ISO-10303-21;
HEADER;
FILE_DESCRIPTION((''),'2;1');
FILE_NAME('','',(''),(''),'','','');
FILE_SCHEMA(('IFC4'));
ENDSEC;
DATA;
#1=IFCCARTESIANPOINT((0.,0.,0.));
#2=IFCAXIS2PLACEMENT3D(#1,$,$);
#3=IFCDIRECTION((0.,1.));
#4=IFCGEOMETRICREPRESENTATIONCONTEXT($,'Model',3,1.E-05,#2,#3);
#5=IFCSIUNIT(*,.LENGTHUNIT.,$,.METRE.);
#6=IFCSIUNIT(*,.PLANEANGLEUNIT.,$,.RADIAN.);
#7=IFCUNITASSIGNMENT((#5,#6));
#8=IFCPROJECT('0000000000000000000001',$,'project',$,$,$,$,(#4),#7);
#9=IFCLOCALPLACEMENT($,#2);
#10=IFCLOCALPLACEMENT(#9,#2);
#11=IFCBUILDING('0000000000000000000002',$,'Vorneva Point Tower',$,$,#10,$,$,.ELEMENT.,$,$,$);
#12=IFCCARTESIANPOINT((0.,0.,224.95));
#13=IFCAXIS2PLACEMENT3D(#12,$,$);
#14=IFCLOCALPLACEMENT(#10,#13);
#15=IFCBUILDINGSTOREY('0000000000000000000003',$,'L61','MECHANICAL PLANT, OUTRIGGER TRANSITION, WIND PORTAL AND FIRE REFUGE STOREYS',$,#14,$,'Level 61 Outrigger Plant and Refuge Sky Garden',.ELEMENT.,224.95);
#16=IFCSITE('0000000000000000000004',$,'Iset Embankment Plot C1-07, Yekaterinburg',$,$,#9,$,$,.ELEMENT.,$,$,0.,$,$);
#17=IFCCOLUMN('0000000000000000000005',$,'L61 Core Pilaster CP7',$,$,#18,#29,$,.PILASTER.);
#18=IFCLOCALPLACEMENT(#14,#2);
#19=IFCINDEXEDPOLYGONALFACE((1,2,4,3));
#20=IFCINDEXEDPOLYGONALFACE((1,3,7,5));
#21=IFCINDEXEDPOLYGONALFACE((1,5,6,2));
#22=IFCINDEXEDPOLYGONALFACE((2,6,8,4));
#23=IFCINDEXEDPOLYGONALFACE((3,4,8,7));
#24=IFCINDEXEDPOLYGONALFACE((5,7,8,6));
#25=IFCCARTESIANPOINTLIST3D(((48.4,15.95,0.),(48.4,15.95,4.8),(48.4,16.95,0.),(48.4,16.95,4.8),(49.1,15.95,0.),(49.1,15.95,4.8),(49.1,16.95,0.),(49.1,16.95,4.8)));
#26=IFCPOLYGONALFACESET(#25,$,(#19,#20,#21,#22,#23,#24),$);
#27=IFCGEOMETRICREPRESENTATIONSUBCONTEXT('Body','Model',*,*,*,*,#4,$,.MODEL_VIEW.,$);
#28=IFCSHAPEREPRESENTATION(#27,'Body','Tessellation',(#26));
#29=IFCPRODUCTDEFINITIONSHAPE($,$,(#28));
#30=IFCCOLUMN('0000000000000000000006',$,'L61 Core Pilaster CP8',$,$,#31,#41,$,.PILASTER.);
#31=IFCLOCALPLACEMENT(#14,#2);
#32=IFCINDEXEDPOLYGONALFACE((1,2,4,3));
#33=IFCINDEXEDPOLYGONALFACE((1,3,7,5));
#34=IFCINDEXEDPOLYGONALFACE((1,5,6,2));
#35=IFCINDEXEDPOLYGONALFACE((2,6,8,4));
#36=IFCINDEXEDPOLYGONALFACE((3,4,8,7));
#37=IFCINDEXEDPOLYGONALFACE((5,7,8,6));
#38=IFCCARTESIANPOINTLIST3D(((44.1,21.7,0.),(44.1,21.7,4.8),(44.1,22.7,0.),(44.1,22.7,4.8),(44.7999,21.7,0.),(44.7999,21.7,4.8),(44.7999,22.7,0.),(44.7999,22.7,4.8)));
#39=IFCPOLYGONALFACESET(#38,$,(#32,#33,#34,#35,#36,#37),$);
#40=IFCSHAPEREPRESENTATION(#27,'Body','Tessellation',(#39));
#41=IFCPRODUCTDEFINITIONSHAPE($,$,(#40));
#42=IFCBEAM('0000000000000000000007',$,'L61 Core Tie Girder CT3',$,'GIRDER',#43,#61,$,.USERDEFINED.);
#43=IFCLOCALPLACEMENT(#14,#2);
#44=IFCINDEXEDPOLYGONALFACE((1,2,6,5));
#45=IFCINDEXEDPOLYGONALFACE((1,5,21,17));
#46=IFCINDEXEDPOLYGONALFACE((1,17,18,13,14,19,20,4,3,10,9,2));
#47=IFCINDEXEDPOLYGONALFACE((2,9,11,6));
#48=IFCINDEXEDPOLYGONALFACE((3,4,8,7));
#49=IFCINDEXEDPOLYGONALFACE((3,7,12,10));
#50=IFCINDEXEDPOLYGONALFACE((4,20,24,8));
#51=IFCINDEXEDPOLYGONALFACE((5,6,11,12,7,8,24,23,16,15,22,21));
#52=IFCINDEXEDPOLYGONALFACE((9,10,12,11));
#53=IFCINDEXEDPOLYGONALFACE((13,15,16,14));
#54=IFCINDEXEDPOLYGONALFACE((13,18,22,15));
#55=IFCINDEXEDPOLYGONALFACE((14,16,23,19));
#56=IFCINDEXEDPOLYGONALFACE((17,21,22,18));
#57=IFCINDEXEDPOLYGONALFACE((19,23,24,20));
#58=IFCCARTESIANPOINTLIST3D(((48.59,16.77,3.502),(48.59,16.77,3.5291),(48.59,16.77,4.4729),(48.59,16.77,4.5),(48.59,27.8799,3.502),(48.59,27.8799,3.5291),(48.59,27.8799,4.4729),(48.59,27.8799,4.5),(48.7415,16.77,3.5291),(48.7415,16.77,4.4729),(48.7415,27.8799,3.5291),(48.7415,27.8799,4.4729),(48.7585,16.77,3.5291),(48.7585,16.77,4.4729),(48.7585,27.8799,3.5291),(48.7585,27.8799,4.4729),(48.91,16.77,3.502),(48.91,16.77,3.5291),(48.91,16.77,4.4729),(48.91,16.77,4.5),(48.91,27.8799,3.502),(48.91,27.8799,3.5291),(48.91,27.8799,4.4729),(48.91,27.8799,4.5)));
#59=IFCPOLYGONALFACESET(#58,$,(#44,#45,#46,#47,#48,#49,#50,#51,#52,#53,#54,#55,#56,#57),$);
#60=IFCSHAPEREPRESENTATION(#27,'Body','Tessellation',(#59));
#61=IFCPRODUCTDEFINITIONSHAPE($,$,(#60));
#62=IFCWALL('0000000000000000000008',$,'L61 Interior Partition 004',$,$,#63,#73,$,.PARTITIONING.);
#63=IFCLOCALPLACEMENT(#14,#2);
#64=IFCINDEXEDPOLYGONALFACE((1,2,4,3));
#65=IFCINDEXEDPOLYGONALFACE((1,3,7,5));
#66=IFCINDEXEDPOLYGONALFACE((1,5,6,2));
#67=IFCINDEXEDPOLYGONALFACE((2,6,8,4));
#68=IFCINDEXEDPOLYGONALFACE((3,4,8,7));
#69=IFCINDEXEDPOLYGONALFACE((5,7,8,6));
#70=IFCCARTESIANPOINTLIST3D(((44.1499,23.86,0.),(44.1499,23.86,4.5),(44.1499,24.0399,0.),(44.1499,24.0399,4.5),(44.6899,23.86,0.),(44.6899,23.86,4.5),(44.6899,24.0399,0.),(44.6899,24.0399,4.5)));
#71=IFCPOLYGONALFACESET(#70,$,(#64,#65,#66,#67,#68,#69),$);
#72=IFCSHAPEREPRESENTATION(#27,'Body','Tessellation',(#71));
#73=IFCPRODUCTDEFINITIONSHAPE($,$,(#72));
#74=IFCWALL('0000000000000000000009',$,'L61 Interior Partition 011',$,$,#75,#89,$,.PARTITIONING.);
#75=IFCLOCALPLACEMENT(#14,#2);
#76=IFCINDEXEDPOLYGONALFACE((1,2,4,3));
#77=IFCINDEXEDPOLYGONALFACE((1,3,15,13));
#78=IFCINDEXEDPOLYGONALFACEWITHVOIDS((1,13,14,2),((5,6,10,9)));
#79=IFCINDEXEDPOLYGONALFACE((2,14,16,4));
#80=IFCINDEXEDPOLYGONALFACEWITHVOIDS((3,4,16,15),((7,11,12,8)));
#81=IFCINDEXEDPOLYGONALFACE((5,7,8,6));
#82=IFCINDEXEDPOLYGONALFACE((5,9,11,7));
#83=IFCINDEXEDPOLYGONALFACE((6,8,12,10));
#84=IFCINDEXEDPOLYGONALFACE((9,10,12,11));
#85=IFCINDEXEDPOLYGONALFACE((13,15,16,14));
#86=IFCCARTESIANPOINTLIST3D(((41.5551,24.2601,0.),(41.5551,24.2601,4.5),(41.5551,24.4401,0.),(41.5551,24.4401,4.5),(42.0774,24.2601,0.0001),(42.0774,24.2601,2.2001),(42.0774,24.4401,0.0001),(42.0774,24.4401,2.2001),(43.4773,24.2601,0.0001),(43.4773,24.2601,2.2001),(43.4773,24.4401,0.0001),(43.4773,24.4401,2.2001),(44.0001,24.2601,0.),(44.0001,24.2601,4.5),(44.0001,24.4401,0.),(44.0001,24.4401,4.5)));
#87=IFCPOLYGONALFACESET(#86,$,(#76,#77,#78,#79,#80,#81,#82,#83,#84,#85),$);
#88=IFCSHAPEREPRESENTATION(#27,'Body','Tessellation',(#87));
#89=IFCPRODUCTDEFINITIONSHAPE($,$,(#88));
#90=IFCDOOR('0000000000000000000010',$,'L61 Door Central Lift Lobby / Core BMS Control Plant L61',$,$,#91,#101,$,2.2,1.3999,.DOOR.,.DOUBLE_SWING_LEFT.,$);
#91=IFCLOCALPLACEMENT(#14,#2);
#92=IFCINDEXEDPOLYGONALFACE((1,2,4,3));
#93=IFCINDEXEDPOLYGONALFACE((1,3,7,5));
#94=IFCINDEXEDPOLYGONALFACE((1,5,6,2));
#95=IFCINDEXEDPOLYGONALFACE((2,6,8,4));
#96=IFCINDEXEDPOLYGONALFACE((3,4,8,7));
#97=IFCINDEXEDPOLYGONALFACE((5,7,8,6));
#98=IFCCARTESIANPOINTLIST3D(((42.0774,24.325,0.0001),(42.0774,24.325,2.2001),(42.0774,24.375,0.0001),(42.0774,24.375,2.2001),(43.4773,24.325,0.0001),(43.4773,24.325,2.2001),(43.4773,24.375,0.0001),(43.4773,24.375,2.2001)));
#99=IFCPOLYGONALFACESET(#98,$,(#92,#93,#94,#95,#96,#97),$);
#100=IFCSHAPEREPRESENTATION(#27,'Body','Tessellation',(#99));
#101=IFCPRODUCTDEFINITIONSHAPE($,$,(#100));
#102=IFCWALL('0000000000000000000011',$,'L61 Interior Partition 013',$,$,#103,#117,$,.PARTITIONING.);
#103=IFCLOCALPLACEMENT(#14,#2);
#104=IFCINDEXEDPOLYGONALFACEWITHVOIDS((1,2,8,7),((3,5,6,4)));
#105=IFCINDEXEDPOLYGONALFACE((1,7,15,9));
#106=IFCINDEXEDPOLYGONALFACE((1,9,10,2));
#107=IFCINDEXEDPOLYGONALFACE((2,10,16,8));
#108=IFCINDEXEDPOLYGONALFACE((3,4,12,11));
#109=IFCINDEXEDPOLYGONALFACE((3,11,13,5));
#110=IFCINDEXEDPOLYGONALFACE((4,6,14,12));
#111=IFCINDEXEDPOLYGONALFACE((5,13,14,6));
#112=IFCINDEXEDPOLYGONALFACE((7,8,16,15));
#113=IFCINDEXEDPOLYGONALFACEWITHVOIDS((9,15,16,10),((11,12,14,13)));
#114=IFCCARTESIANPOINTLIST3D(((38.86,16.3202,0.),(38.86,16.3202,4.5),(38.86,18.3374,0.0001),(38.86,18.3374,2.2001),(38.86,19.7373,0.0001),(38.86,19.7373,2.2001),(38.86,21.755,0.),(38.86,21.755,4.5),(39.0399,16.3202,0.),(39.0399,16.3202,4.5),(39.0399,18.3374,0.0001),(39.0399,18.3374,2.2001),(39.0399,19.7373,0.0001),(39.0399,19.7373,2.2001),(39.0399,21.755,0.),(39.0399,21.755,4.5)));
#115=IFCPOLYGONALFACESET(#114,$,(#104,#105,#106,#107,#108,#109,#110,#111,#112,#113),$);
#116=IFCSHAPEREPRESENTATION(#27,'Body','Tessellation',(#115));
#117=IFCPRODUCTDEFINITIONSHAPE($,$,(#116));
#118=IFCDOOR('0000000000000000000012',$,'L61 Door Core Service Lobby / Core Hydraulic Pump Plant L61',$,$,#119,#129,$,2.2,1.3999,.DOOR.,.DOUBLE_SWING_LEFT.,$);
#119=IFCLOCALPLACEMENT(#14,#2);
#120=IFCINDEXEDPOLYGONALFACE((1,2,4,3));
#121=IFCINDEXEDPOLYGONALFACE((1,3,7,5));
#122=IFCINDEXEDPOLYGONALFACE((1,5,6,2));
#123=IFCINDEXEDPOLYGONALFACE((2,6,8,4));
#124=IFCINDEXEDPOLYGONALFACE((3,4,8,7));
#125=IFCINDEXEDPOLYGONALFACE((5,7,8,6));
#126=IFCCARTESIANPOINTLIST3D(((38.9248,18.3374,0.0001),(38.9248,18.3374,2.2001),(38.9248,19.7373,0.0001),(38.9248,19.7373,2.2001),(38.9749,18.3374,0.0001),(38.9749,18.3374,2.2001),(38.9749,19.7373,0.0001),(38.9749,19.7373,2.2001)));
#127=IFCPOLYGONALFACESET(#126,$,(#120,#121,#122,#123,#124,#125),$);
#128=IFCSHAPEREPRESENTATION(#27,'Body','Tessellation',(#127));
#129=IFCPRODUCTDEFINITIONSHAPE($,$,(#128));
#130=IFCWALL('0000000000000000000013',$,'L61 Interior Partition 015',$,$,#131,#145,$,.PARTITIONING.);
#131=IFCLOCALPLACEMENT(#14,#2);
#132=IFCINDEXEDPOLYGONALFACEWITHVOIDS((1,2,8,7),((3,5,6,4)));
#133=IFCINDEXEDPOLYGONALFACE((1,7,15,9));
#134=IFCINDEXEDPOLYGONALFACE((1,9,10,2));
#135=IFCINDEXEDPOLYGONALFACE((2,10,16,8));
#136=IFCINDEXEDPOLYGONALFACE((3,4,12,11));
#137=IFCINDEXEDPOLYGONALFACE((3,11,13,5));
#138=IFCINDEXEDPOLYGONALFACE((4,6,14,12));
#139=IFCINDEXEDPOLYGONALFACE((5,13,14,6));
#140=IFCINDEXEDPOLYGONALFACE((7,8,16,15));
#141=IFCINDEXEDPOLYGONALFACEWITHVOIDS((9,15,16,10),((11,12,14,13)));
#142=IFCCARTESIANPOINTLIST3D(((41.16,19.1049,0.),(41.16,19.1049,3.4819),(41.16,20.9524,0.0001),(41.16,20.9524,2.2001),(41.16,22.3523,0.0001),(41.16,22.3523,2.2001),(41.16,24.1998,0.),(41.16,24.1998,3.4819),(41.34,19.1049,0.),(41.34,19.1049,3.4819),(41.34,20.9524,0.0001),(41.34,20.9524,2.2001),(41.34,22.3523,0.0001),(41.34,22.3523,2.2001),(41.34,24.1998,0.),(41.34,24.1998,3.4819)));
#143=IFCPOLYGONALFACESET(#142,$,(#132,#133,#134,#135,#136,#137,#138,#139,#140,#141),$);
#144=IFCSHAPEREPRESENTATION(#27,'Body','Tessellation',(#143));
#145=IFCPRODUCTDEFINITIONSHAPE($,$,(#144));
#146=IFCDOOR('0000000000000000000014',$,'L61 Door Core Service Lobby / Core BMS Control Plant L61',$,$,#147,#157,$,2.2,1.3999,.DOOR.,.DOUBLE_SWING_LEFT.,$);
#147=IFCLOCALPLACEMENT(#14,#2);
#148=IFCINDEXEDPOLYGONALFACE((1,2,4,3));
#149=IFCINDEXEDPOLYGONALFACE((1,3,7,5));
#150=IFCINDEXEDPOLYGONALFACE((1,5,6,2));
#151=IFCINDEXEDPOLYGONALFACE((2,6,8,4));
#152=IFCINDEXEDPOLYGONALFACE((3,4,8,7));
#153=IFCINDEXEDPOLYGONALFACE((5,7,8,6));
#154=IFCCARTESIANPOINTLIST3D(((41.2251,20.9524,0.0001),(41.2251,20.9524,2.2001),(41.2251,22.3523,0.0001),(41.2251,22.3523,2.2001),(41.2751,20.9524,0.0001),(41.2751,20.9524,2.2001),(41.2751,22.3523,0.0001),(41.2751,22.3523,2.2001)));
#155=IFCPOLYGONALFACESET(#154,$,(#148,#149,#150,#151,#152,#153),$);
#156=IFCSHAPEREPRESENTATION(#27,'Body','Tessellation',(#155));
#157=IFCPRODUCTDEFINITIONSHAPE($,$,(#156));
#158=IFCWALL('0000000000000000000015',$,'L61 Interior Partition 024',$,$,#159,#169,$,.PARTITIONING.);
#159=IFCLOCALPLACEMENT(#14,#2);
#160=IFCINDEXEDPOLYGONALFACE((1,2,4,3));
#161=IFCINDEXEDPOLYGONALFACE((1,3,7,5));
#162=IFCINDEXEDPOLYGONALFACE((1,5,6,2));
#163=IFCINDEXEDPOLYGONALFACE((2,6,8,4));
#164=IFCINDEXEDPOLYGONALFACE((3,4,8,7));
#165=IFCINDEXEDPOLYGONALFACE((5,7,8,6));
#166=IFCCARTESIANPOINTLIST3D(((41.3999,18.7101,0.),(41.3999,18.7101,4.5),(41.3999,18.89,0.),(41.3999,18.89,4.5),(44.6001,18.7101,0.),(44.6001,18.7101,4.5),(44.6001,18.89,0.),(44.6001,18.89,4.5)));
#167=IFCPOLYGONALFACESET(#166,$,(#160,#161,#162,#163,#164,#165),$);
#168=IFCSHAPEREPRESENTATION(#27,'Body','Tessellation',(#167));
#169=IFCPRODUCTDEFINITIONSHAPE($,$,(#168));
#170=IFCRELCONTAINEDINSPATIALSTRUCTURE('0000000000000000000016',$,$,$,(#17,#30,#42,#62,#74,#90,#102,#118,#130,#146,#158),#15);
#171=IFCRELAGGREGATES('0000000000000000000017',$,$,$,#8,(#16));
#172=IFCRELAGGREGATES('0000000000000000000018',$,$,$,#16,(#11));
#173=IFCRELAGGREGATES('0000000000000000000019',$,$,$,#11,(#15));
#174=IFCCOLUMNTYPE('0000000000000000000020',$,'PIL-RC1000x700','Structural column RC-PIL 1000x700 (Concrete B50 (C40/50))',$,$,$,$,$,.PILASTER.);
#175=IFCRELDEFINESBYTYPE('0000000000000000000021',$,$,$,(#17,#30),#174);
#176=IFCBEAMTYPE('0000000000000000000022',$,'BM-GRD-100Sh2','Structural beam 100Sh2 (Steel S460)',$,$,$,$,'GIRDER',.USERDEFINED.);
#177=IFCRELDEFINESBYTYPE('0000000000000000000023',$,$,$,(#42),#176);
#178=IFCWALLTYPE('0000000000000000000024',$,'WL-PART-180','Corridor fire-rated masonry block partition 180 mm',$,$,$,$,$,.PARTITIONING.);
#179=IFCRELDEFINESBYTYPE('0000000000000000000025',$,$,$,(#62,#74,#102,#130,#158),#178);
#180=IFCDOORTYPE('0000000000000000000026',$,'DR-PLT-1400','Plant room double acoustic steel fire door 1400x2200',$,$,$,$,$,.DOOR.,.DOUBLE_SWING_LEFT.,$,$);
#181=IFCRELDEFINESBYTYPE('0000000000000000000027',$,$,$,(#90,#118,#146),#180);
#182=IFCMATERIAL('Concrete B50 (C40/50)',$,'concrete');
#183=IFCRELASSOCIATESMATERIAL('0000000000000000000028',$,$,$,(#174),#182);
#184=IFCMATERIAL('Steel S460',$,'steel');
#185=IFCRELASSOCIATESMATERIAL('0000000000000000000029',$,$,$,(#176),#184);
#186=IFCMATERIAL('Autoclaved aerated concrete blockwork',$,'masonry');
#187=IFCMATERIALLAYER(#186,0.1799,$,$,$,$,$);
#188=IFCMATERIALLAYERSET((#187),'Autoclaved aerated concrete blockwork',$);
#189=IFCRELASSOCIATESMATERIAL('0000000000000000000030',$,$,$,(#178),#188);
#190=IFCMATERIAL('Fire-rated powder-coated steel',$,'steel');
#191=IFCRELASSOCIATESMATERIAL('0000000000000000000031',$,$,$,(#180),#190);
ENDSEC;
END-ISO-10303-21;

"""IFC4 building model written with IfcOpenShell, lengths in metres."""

from ifc_helpers import new_model, si_unit, direction, frame, frame_2d, origin, origin_2d, place, context, subcontext, project, spatial, rectangle, i_section, extrude, material, layer, layer_set, material_profile, profile_set, type_object, element, fill, save


model = new_model("IFC4")

# Units and contexts
model_context = context("Model", 3, precision=1e-05, world=origin(), true_north=direction((0.0, 1.0)))
body_context = subcontext(model_context, "Body", "Model", "MODEL_VIEW")
ifc_project = project(units=[si_unit("LENGTHUNIT", "METRE"), si_unit("PLANEANGLEUNIT", "RADIAN")], contexts=[model_context])

# Site, building, storey
site_placement = place(None, origin())
site = spatial("IfcSite", under=ifc_project, at=site_placement, Name="Iset Embankment Plot C1-07, Yekaterinburg", CompositionType="ELEMENT", RefElevation=0.0)
building_placement = place(site_placement, origin())
building = spatial("IfcBuilding", under=site, at=building_placement, Name="Vorneva Point Tower", CompositionType="ELEMENT")
storey_placement = place(building_placement, frame((0.0, 0.0, 224.95)))
storey = spatial("IfcBuildingStorey", under=building, at=storey_placement, Name="L61", Description="MECHANICAL PLANT, OUTRIGGER TRANSITION, WIND PORTAL AND FIRE REFUGE STOREYS", LongName="Level 61 Outrigger Plant and Refuge Sky Garden", CompositionType="ELEMENT", Elevation=224.95)

# Columns
ifc_material_1 = material(Name="Concrete B50 (C40/50)", Category="concrete")
ifc_material_profile_1 = material_profile(ifc_material_1, rectangle(XDim=0.7, YDim=1.0, at=origin_2d()), Name="RC-PIL 1000x700")
ifc_profile_set_1 = profile_set([ifc_material_profile_1], Name="Concrete B50 (C40/50)")
column_type = type_object("IfcColumnType", Name="PIL-RC1000x700", Description="Structural column RC-PIL 1000x700 (Concrete B50 (C40/50))", PredefinedType="PILASTER", material=ifc_profile_set_1)
for number, where, z_axis, x_axis, name in (
    (1, (48.75, 16.45, 0.0), (0.0, 0.0, 1.0), (1.0, 0.0, 0.0), "L61 Core Pilaster CP7"),
    (2, (44.45, 22.2, 0.0), (0.0, 0.0, 1.0), (1.0, 0.0, 0.0), "L61 Core Pilaster CP8"),
):
    element("IfcColumn", number, at=place(storey_placement, frame(where, z_axis=z_axis, x_axis=x_axis)), inside=storey, type_object=column_type, Name=name, PredefinedType="PILASTER", context=body_context, shape_type="SweptSolid", body=[
        extrude(rectangle(XDim=0.7, YDim=1.0, at=origin_2d()), origin(), (0.0, 0.0, 1.0), 4.8),
    ])

# Beam
ifc_material_2 = material(Name="Steel S460", Category="steel")
ifc_material_profile_2 = material_profile(ifc_material_2, i_section(OverallWidth=0.3201, OverallDepth=0.998, WebThickness=0.0171, FlangeThickness=0.0271, at=origin_2d()), Name="100Sh2")
ifc_profile_set_2 = profile_set([ifc_material_profile_2], Name="Steel S460")
beam_type = type_object("IfcBeamType", Name="BM-GRD-100Sh2", Description="Structural beam 100Sh2 (Steel S460)", ElementType="GIRDER", PredefinedType="USERDEFINED", material=ifc_profile_set_2)
beam_placement = place(storey_placement, frame((48.75, 16.77, 4.001), z_axis=(0.0, 1.0, 0.0), x_axis=(-1.0, 0.0, 0.0)))
element("IfcBeam", 3, at=beam_placement, inside=storey, type_object=beam_type, Name="L61 Core Tie Girder CT3", ObjectType="GIRDER", PredefinedType="USERDEFINED", context=body_context, shape_type="SweptSolid", body=[
    extrude(i_section(OverallWidth=0.3201, OverallDepth=0.998, WebThickness=0.0171, FlangeThickness=0.0271, at=origin_2d()), origin(), (0.0, 0.0, 1.0), 11.1099),
])

# Wall
ifc_material_3 = material(Name="Autoclaved aerated concrete blockwork", Category="masonry")
ifc_layer_1 = layer(ifc_material_3, 0.1799)
ifc_layer_set_1 = layer_set([ifc_layer_1], Name="Autoclaved aerated concrete blockwork")
wall_type_1 = type_object("IfcWallType", Name="WL-PART-180", Description="Corridor fire-rated masonry block partition 180 mm", PredefinedType="PARTITIONING", material=ifc_layer_set_1)
wall_1_placement = place(storey_placement, frame((44.1499, 23.95, 0.0), z_axis=(0.0, 0.0, 1.0), x_axis=(1.0, 0.0, 0.0)))
element("IfcWall", 4, at=wall_1_placement, inside=storey, type_object=wall_type_1, Name="L61 Interior Partition 004", PredefinedType="PARTITIONING", context=body_context, shape_type="SweptSolid", body=[
    extrude(rectangle(XDim=0.54, YDim=0.1799, at=frame_2d((0.27, 0.0))), origin(), (0.0, 0.0, 1.0), 4.5),
])

# Walls, openings, doors
ifc_material_4 = material(Name="Fire-rated powder-coated steel", Category="steel")
wall_2_placement = place(storey_placement, frame((41.5549, 24.3501, 0.0), z_axis=(0.0, 0.0, 1.0), x_axis=(1.0, 0.0, 0.0)))
wall_2 = element("IfcWall", 5, at=wall_2_placement, inside=storey, type_object=wall_type_1, Name="L61 Interior Partition 011", PredefinedType="PARTITIONING", context=body_context, shape_type="SweptSolid", body=[
    extrude(rectangle(XDim=2.4451, YDim=0.1799, at=frame_2d((1.2227, 0.0))), origin(), (0.0, 0.0, 1.0), 4.5),
])
opening_1_placement = place(wall_2_placement, frame((0.5225, 0.0, 0.0)))
opening_1 = element("IfcOpeningElement", 6, at=opening_1_placement, cuts=wall_2, PredefinedType="OPENING", context=body_context, shape_type="SweptSolid", body=[
    extrude(rectangle(XDim=1.3999, YDim=2.2, at=frame_2d((0.7, 1.1001))), frame((0.0, 0.105, 0.0), z_axis=(0.0, -1.0, 0.0), x_axis=(1.0, 0.0, 0.0)), (0.0, 0.0, 1.0), 0.2097),
])
door_type_1 = type_object("IfcDoorType", Name="DR-PLT-1400", Description="Plant room double acoustic steel fire door 1400x2200", OperationType="DOUBLE_SWING_LEFT", PredefinedType="DOOR", material=ifc_material_4)
door_1_placement = place(opening_1_placement, origin())
door_1 = element("IfcDoor", 7, at=door_1_placement, inside=storey, type_object=door_type_1, Name="L61 Door Central Lift Lobby / Core BMS Control Plant L61", OperationType="DOUBLE_SWING_LEFT", OverallHeight=2.2, OverallWidth=1.3999, PredefinedType="DOOR", context=body_context, shape_type="SweptSolid", body=[
    extrude(rectangle(XDim=1.3999, YDim=2.2, at=frame_2d((0.7, 1.1001))), frame((0.0, 0.0249, 0.0), z_axis=(0.0, -1.0, 0.0), x_axis=(1.0, 0.0, 0.0)), (0.0, 0.0, 1.0), 0.05),
])
fill(opening_1, door_1)
wall_3_placement = place(storey_placement, frame((38.95, 21.7549, 0.0), z_axis=(0.0, 0.0, 1.0), x_axis=(0.0, -1.0, 0.0)))
wall_3 = element("IfcWall", 8, at=wall_3_placement, inside=storey, type_object=wall_type_1, Name="L61 Interior Partition 013", PredefinedType="PARTITIONING", context=body_context, shape_type="SweptSolid", body=[
    extrude(rectangle(XDim=5.4348, YDim=0.1799, at=frame_2d((2.7173, 0.0))), origin(), (0.0, 0.0, 1.0), 4.5),
])
opening_2_placement = place(wall_3_placement, frame((2.0176, 0.0, 0.0)))
opening_2 = element("IfcOpeningElement", 9, at=opening_2_placement, cuts=wall_3, PredefinedType="OPENING", context=body_context, shape_type="SweptSolid", body=[
    extrude(rectangle(XDim=1.3999, YDim=2.2, at=frame_2d((0.7, 1.1001))), frame((0.0, 0.105, 0.0), z_axis=(0.0, -1.0, 0.0), x_axis=(1.0, 0.0, 0.0)), (0.0, 0.0, 1.0), 0.2097),
])
door_2_placement = place(opening_2_placement, origin())
door_2 = element("IfcDoor", 10, at=door_2_placement, inside=storey, type_object=door_type_1, Name="L61 Door Core Service Lobby / Core Hydraulic Pump Plant L61", OperationType="DOUBLE_SWING_LEFT", OverallHeight=2.2, OverallWidth=1.3999, PredefinedType="DOOR", context=body_context, shape_type="SweptSolid", body=[
    extrude(rectangle(XDim=1.3999, YDim=2.2, at=frame_2d((0.7, 1.1001))), frame((0.0, 0.0249, 0.0), z_axis=(0.0, -1.0, 0.0), x_axis=(1.0, 0.0, 0.0)), (0.0, 0.0, 1.0), 0.05),
])
fill(opening_2, door_2)
wall_4_placement = place(storey_placement, frame((41.25, 19.105, 0.0), z_axis=(0.0, 0.0, 1.0), x_axis=(0.0, 1.0, 0.0)))
wall_4 = element("IfcWall", 11, at=wall_4_placement, inside=storey, type_object=wall_type_1, Name="L61 Interior Partition 015", PredefinedType="PARTITIONING", context=body_context, shape_type="SweptSolid", body=[
    extrude(rectangle(XDim=5.095, YDim=0.1799, at=frame_2d((2.5474, 0.0))), origin(), (0.0, 0.0, 1.0), 3.4819),
])
opening_3_placement = place(wall_4_placement, frame((1.8474, 0.0, 0.0)))
opening_3 = element("IfcOpeningElement", 12, at=opening_3_placement, cuts=wall_4, PredefinedType="OPENING", context=body_context, shape_type="SweptSolid", body=[
    extrude(rectangle(XDim=1.3999, YDim=2.2, at=frame_2d((0.7, 1.1001))), frame((0.0, 0.105, 0.0), z_axis=(0.0, -1.0, 0.0), x_axis=(1.0, 0.0, 0.0)), (0.0, 0.0, 1.0), 0.2097),
])
door_3_placement = place(opening_3_placement, origin())
door_3 = element("IfcDoor", 13, at=door_3_placement, inside=storey, type_object=door_type_1, Name="L61 Door Core Service Lobby / Core BMS Control Plant L61", OperationType="DOUBLE_SWING_LEFT", OverallHeight=2.2, OverallWidth=1.3999, PredefinedType="DOOR", context=body_context, shape_type="SweptSolid", body=[
    extrude(rectangle(XDim=1.3999, YDim=2.2, at=frame_2d((0.7, 1.1001))), frame((0.0, 0.0249, 0.0), z_axis=(0.0, -1.0, 0.0), x_axis=(1.0, 0.0, 0.0)), (0.0, 0.0, 1.0), 0.05),
])
fill(opening_3, door_3)

# Wall
wall_5_placement = place(storey_placement, frame((44.6001, 18.8, 0.0), z_axis=(0.0, 0.0, 1.0), x_axis=(-1.0, 0.0, 0.0)))
element("IfcWall", 14, at=wall_5_placement, inside=storey, type_object=wall_type_1, Name="L61 Interior Partition 024", PredefinedType="PARTITIONING", context=body_context, shape_type="SweptSolid", body=[
    extrude(rectangle(XDim=3.2002, YDim=0.1799, at=frame_2d((1.6001, 0.0))), origin(), (0.0, 0.0, 1.0), 4.5),
])

save(model, "model.ifc")
